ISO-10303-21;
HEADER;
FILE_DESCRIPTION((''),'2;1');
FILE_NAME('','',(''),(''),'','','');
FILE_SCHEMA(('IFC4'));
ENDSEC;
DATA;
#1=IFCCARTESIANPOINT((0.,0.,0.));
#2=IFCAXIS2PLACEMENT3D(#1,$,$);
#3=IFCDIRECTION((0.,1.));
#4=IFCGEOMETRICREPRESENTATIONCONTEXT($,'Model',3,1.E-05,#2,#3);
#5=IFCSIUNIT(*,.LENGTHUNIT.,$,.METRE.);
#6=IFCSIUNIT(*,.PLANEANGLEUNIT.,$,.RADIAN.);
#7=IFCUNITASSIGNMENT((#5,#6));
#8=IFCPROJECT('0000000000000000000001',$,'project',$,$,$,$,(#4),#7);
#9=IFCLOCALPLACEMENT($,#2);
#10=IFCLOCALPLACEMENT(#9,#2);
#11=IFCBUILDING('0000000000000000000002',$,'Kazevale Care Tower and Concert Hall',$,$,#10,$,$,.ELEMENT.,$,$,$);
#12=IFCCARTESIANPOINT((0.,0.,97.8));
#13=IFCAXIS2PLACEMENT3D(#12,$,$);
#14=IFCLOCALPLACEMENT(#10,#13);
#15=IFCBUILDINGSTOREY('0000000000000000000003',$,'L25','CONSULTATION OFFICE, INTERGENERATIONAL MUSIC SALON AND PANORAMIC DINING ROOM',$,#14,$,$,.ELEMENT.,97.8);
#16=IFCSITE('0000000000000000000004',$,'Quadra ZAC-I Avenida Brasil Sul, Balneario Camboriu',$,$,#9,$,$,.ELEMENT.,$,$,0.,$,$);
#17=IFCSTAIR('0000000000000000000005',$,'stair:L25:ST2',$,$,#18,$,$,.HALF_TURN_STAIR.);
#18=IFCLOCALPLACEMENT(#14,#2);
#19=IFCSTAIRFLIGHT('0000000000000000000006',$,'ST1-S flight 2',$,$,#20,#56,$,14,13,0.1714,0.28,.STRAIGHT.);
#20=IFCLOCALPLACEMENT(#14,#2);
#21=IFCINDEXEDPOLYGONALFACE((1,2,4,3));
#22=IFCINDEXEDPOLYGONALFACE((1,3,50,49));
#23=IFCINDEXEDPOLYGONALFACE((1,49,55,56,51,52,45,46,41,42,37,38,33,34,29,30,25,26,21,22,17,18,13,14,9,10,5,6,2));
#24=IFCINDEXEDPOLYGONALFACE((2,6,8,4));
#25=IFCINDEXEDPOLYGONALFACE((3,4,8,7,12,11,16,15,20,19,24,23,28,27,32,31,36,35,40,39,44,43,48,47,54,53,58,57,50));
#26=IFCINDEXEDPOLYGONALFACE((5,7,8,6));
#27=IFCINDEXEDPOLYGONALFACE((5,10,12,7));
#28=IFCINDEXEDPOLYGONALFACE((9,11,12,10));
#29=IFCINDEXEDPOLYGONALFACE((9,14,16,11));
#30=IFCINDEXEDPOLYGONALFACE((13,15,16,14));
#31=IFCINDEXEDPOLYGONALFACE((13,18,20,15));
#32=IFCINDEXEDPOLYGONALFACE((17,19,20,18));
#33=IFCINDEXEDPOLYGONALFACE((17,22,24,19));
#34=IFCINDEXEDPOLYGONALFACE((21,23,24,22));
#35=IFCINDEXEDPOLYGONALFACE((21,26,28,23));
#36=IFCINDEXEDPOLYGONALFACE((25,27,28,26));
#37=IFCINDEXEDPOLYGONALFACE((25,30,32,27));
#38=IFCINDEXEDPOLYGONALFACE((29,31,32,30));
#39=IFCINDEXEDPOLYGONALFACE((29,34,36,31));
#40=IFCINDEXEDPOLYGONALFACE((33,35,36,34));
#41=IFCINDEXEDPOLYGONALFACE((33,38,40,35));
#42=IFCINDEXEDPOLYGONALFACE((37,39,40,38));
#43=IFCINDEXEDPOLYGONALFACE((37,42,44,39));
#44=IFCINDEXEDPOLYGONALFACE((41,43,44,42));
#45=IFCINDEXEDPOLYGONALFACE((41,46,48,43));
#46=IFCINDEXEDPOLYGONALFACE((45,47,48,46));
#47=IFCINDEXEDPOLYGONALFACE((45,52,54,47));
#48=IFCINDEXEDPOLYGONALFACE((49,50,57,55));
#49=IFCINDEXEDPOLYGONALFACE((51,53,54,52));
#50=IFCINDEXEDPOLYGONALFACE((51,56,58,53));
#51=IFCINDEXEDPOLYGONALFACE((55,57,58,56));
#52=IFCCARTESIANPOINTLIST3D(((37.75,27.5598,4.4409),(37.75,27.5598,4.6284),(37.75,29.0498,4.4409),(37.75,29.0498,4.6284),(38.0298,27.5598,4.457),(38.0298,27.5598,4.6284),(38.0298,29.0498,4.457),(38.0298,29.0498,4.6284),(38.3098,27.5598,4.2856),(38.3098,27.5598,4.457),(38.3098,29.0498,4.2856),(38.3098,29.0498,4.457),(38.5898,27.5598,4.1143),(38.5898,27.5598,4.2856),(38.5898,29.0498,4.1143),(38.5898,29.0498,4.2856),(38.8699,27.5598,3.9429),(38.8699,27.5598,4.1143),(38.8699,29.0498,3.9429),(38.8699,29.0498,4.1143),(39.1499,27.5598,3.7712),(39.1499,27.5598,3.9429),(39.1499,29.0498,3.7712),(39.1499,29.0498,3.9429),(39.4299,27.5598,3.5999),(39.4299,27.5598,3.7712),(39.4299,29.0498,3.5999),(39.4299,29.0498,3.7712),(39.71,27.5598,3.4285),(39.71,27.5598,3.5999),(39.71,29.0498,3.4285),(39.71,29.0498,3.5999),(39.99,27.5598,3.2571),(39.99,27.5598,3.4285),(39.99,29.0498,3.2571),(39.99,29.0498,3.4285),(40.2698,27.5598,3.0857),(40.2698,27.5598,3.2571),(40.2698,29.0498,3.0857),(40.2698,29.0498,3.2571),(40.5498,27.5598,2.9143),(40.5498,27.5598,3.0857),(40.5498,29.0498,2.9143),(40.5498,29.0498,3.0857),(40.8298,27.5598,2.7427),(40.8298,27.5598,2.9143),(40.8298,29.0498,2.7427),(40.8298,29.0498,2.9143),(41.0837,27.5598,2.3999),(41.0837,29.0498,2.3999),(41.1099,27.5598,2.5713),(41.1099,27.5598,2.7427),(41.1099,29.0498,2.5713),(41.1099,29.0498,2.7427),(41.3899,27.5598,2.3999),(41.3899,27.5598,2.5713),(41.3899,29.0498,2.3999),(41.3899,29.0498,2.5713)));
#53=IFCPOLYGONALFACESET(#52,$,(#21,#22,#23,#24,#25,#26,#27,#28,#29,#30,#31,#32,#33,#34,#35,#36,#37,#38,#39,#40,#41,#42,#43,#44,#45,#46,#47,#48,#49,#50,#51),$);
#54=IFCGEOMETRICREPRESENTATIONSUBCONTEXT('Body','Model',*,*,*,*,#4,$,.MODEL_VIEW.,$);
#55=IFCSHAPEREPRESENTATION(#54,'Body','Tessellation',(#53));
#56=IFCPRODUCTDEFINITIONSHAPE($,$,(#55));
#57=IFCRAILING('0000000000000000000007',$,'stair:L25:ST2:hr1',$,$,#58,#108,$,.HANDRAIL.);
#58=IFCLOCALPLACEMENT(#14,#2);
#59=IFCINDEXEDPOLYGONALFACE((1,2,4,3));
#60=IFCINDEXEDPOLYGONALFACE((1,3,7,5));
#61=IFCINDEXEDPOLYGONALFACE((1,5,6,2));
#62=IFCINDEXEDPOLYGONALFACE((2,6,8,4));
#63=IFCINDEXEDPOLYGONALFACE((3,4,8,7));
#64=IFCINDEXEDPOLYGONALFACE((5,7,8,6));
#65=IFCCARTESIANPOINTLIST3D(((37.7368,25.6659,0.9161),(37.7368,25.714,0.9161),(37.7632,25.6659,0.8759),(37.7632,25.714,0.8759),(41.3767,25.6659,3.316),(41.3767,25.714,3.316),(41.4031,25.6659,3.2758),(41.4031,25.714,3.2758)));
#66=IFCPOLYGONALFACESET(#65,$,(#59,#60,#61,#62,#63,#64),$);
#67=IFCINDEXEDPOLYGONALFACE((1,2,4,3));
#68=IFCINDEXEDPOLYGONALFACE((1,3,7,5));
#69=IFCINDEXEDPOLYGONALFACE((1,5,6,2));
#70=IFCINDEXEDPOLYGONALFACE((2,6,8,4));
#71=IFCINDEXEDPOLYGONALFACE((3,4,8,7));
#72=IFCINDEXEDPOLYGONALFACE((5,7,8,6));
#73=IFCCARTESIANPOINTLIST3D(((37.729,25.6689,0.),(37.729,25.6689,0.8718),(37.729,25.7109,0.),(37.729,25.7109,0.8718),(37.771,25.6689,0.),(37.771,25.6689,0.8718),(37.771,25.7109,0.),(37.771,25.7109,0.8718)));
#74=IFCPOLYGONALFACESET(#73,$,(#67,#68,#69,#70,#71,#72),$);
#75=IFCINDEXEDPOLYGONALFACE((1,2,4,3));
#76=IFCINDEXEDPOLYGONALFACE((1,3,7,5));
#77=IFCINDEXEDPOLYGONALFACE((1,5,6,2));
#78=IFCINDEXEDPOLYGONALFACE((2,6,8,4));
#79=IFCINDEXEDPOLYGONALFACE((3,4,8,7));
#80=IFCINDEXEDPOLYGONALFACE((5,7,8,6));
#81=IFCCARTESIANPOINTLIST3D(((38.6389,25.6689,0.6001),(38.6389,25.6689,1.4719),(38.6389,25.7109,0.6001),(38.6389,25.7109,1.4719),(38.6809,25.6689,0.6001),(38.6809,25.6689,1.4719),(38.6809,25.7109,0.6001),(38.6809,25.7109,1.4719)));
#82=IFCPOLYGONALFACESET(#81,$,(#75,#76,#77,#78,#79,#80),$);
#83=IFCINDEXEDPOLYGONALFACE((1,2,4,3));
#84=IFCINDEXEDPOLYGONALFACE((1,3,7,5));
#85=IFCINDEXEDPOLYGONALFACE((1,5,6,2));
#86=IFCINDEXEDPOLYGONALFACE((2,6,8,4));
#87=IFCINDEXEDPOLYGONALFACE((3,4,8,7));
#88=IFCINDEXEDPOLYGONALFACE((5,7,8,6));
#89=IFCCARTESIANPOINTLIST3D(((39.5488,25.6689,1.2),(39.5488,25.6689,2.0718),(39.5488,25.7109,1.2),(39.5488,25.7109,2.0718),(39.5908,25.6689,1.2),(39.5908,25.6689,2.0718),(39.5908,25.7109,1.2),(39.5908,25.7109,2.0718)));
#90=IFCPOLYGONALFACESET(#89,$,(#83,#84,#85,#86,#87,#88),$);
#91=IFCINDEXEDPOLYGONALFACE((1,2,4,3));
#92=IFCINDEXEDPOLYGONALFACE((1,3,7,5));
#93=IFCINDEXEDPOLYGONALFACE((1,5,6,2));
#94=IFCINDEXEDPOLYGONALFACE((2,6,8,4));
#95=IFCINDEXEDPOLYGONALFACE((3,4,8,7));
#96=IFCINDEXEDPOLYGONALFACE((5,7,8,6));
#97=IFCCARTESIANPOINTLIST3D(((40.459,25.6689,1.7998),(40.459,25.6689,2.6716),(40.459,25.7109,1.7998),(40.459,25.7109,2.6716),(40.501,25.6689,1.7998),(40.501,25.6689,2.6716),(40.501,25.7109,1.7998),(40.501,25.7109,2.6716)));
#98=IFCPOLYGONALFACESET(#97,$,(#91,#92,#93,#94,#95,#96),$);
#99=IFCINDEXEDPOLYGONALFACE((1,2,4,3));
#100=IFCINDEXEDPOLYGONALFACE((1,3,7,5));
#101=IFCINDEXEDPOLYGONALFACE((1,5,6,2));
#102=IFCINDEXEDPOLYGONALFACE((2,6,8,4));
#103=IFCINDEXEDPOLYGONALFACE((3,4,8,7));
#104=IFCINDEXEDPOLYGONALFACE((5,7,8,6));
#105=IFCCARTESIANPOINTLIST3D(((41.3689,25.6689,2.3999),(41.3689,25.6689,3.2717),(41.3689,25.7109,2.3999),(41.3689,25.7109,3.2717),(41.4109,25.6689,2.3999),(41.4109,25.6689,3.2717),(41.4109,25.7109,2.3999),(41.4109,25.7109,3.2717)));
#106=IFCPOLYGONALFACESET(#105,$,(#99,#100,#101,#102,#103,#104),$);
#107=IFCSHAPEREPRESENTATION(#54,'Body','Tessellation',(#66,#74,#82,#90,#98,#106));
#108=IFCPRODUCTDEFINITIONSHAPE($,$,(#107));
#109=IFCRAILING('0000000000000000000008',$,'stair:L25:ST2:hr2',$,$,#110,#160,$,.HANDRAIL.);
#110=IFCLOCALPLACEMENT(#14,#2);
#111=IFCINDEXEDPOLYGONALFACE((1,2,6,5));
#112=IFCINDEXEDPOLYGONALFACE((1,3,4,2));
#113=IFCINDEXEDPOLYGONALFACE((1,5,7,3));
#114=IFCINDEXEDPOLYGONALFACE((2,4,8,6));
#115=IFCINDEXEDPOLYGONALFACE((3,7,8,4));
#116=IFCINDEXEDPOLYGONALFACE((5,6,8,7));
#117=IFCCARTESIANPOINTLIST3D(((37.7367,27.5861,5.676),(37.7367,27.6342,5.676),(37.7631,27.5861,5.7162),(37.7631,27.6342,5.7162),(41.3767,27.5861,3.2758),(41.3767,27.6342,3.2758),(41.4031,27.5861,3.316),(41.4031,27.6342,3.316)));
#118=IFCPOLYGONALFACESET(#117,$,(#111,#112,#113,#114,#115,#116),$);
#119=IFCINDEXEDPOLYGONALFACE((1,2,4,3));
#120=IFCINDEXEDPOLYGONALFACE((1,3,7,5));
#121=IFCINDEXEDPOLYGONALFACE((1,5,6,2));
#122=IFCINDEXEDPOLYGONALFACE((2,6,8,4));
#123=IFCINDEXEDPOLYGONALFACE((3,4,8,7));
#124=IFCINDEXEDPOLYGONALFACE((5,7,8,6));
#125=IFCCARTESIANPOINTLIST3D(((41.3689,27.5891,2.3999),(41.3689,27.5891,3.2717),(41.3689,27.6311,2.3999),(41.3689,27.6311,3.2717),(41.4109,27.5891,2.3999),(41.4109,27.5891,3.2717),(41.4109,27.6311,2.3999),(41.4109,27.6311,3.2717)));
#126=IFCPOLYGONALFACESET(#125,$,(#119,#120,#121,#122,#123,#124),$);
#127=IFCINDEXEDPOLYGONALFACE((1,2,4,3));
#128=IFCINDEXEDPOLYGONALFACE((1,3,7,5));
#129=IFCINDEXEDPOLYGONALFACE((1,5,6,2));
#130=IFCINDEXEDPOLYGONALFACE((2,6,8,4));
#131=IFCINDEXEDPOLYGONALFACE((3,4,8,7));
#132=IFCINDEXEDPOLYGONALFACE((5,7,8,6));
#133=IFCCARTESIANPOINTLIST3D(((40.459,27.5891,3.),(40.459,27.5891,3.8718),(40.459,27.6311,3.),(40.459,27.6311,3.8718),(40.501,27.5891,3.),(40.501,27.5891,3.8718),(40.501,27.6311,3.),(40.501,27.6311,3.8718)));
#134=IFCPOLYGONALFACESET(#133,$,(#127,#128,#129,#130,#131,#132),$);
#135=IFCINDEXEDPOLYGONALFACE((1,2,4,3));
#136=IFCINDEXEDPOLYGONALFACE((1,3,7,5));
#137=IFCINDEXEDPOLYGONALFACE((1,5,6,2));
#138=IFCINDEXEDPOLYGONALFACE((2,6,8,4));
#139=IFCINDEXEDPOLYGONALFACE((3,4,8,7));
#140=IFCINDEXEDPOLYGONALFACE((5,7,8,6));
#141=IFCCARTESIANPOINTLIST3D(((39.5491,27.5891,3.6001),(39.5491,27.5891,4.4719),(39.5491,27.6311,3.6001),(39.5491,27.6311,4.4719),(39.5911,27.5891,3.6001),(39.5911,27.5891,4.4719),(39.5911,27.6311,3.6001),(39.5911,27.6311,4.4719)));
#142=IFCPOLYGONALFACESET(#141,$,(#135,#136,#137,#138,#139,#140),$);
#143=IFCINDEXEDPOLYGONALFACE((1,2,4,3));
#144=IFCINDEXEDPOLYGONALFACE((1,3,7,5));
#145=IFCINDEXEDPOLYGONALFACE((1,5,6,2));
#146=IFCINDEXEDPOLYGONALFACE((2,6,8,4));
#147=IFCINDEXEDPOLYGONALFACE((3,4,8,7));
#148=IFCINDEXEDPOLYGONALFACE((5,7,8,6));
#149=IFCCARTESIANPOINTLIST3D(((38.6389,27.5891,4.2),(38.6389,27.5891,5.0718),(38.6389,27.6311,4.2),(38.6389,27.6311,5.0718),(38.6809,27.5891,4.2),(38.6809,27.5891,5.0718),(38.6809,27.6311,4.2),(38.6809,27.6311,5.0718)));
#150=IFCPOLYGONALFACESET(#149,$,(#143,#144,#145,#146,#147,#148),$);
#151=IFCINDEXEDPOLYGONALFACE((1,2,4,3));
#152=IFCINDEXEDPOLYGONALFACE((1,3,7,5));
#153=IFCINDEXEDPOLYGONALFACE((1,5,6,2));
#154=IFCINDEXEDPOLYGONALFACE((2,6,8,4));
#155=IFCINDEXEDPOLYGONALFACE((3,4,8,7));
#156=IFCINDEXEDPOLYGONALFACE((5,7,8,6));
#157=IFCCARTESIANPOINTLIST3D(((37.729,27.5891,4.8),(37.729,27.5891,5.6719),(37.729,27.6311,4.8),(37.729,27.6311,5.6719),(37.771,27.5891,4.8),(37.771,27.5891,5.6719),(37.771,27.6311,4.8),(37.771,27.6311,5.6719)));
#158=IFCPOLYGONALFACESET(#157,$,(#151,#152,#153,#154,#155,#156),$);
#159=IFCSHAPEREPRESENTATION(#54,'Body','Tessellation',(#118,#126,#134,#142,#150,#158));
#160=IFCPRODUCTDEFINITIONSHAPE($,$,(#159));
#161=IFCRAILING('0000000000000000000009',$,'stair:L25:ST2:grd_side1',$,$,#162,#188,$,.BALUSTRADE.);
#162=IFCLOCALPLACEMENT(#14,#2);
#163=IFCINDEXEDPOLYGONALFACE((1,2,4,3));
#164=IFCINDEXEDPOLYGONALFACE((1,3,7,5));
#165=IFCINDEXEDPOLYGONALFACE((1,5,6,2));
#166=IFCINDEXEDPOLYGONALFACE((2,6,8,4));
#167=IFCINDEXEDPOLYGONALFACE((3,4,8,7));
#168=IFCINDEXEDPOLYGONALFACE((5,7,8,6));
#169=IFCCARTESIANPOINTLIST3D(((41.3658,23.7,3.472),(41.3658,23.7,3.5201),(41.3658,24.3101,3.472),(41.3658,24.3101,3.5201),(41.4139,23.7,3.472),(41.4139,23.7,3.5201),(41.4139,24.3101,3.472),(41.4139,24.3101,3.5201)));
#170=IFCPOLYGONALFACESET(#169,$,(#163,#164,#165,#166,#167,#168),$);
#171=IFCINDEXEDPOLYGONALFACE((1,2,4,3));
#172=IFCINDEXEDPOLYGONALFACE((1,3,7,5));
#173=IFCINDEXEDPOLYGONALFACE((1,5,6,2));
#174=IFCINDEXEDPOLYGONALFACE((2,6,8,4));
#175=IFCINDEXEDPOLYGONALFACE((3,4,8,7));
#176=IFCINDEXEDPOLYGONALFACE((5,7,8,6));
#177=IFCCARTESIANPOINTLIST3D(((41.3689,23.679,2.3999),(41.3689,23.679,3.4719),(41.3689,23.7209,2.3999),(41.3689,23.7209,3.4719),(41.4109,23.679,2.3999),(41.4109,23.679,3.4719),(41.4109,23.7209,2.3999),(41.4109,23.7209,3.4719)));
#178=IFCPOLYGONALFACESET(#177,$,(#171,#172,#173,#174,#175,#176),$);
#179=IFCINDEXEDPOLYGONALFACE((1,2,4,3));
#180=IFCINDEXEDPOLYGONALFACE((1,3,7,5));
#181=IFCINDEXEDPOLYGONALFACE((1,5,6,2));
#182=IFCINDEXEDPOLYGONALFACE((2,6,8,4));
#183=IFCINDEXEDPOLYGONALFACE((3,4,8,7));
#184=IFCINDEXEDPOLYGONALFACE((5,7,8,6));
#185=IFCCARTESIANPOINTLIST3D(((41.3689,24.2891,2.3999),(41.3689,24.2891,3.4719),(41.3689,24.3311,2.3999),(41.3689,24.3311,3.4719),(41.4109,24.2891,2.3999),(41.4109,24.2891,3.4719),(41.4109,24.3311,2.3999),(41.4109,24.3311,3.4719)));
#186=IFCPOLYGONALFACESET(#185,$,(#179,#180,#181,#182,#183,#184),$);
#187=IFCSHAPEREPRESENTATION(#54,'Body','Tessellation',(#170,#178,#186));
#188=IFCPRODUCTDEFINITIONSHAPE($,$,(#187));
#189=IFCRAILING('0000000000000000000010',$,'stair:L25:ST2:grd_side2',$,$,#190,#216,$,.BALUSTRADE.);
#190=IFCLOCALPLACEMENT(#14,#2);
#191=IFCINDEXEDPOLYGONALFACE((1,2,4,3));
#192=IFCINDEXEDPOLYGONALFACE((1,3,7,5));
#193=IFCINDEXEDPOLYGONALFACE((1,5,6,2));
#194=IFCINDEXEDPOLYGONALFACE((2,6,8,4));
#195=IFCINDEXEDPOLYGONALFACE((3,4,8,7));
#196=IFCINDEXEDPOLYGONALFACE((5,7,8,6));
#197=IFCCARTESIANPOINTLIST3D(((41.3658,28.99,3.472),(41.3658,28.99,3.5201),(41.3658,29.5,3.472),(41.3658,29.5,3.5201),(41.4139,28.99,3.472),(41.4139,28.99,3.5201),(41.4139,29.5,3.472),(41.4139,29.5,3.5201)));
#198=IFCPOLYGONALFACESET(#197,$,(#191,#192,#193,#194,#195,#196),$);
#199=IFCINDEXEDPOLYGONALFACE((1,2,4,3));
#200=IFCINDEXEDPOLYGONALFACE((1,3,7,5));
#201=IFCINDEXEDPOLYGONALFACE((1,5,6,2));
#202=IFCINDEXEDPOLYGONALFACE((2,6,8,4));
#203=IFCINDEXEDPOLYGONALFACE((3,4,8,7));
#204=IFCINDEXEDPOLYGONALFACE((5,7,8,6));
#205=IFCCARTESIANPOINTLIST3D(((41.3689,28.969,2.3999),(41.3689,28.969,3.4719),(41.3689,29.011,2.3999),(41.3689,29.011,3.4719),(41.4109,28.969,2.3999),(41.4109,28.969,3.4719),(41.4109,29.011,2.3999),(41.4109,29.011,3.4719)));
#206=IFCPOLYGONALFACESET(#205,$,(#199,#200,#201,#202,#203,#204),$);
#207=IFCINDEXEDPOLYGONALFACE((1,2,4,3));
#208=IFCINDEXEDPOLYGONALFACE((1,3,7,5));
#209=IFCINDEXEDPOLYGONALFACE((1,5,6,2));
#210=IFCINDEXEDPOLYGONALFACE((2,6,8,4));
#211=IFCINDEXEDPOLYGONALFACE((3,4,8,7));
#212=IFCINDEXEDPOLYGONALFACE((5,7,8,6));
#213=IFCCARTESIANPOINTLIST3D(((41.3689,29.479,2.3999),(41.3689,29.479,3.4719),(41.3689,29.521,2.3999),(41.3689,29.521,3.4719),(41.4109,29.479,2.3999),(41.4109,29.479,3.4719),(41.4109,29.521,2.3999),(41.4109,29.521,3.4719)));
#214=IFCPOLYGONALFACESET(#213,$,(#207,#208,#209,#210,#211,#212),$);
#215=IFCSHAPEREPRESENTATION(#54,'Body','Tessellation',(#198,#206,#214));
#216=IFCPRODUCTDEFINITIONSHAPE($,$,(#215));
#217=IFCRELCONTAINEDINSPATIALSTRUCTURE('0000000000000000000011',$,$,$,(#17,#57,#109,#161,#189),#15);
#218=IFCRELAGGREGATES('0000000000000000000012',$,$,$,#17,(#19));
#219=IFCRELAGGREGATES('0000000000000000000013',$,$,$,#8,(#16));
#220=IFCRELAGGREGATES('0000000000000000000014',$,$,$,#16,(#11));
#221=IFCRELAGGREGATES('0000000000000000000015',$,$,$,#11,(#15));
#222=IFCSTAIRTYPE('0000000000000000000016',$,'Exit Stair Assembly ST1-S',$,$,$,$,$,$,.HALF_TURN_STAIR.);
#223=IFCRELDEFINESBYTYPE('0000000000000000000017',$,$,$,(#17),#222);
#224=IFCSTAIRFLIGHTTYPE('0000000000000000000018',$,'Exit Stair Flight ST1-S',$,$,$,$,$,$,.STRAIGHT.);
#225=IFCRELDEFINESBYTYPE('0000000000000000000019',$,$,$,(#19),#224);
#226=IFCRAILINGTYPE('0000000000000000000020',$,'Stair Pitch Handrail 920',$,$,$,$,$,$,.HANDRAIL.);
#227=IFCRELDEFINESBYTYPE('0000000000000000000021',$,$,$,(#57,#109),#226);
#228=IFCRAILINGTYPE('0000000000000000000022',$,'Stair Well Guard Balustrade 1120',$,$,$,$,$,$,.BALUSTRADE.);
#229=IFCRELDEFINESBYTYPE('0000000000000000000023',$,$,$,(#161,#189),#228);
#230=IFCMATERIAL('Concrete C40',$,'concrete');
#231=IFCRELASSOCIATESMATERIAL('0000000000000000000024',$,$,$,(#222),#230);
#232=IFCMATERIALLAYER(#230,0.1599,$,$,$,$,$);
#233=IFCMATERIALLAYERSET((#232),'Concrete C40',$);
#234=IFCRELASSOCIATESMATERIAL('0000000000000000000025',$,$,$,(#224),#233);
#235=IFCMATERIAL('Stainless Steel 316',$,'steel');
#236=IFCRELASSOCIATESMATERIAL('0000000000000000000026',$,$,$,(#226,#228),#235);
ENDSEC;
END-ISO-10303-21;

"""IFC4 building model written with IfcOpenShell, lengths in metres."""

from ifc_helpers import new_model, si_unit, direction, frame, origin, origin_2d, place, context, subcontext, project, spatial, polyline, rectangle, outline, extrude, material, layer, layer_set, type_object, element, aggregate, save


model = new_model("IFC4")

# Units and contexts
model_context = context("Model", 3, precision=1e-05, world=origin(), true_north=direction((0.0, 1.0)))
body_context = subcontext(model_context, "Body", "Model", "MODEL_VIEW")
ifc_project = project(units=[si_unit("LENGTHUNIT", "METRE"), si_unit("PLANEANGLEUNIT", "RADIAN")], contexts=[model_context])

# Site, building, storey
site_placement = place(None, origin())
site = spatial("IfcSite", under=ifc_project, at=site_placement, Name="Quadra ZAC-I Avenida Brasil Sul, Balneario Camboriu", CompositionType="ELEMENT", RefElevation=0.0)
building_placement = place(site_placement, origin())
building = spatial("IfcBuilding", under=site, at=building_placement, Name="Kazevale Care Tower and Concert Hall", CompositionType="ELEMENT")
storey_placement = place(building_placement, frame((0.0, 0.0, 97.8)))
storey = spatial("IfcBuildingStorey", under=building, at=storey_placement, Name="L25", Description="CONSULTATION OFFICE, INTERGENERATIONAL MUSIC SALON AND PANORAMIC DINING ROOM", CompositionType="ELEMENT", Elevation=97.8)

# Shared definitions
ifc_material_1 = material(Name="Concrete C40", Category="concrete")

# Stair, stair flight
stair_type = type_object("IfcStairType", Name="Exit Stair Assembly ST1-S", PredefinedType="HALF_TURN_STAIR", material=ifc_material_1)
stair_placement = place(storey_placement, origin())
stair = element("IfcStair", 1, at=stair_placement, inside=storey, type_object=stair_type, Name="stair:L25:ST2", PredefinedType="HALF_TURN_STAIR")
ifc_layer_1 = layer(ifc_material_1, 0.1599)
ifc_layer_set_1 = layer_set([ifc_layer_1], Name="Concrete C40")
stair_flight_type = type_object("IfcStairFlightType", Name="Exit Stair Flight ST1-S", PredefinedType="STRAIGHT", material=ifc_layer_set_1)
stair_flight_1_placement = place(storey_placement, frame((41.3899, 28.3049, 2.3999), z_axis=(0.0, 0.0, 1.0), x_axis=(-1.0, 0.0, 0.0)))
stair_flight_1 = element("IfcStairFlight", 2, at=stair_flight_1_placement, type_object=stair_flight_type, Name="ST1-S flight 2", NumberOfRisers=14, NumberOfTreads=13, PredefinedType="STRAIGHT", RiserHeight=0.1714, TreadLength=0.28, context=body_context, shape_type="SweptSolid", body=[
    extrude(outline(polyline([(0.0, 0.0), (0.0, 0.1714), (0.28, 0.1714), (0.28, 0.3428), (0.5601, 0.3428), (0.5601, 0.5144), (0.8401, 0.5144), (0.8401, 0.6858), (1.1201, 0.6858), (1.1201, 0.8572), (1.3999, 0.8572), (1.3999, 1.0286), (1.6799, 1.0286), (1.6799, 1.2), (1.96, 1.2), (1.96, 1.3713), (2.24, 1.3713), (2.24, 1.543), (2.52, 1.543), (2.52, 1.7144), (2.8, 1.7144), (2.8, 1.8857), (3.0801, 1.8857), (3.0801, 2.0571), (3.3601, 2.0571), (3.3601, 2.2285), (3.6399, 2.2285), (3.6399, 2.3999), (3.6399, 2.041), (0.3062, 0.0), (0.0, 0.0)])), frame((0.0, 0.7451, 0.0), z_axis=(0.0, -1.0, 0.0), x_axis=(1.0, 0.0, 0.0)), (0.0, 0.0, 1.0), 1.49),
])
aggregate(stair, [stair_flight_1])

# Railings
ifc_material_2 = material(Name="Stainless Steel 316", Category="steel")
railing_type_1 = type_object("IfcRailingType", Name="Stair Pitch Handrail 920", PredefinedType="HANDRAIL", material=ifc_material_2)
railing_1_placement = place(storey_placement, frame((37.75, 25.6899, 0.0)))
element("IfcRailing", 3, at=railing_1_placement, inside=storey, type_object=railing_type_1, Name="stair:L25:ST2:hr1", PredefinedType="HANDRAIL", context=body_context, shape_type="SweptSolid", body=[
    extrude(rectangle(XDim=0.0481, YDim=0.0481, at=origin_2d()), frame((0.0, 0.0, 0.896), z_axis=(0.834865, 0.0, 0.550454), x_axis=(0.0, 1.0, 0.0)), (0.0, 0.0, 1.0), 4.3599),
    extrude(rectangle(XDim=0.042, YDim=0.042, at=origin_2d()), origin(), (0.0, 0.0, 1.0), 0.8718),
    extrude(rectangle(XDim=0.042, YDim=0.042, at=origin_2d()), frame((0.9099, 0.0, 0.6001)), (0.0, 0.0, 1.0), 0.8718),
    extrude(rectangle(XDim=0.042, YDim=0.042, at=origin_2d()), frame((1.8198, 0.0, 1.2)), (0.0, 0.0, 1.0), 0.8718),
    extrude(rectangle(XDim=0.042, YDim=0.042, at=origin_2d()), frame((2.73, 0.0, 1.7998)), (0.0, 0.0, 1.0), 0.8718),
    extrude(rectangle(XDim=0.042, YDim=0.042, at=origin_2d()), frame((3.6399, 0.0, 2.3999)), (0.0, 0.0, 1.0), 0.8718),
])
railing_2_placement = place(storey_placement, frame((41.3899, 27.6101, 2.3999)))
element("IfcRailing", 4, at=railing_2_placement, inside=storey, type_object=railing_type_1, Name="stair:L25:ST2:hr2", PredefinedType="HANDRAIL", context=body_context, shape_type="SweptSolid", body=[
    extrude(rectangle(XDim=0.0481, YDim=0.0481, at=origin_2d()), frame((0.0, 0.0, 0.896), z_axis=(-0.834839, 0.0, 0.550493), x_axis=(0.0, -1.0, 0.0)), (0.0, 0.0, 1.0), 4.3601),
    extrude(rectangle(XDim=0.042, YDim=0.042, at=origin_2d()), origin(), (0.0, 0.0, 1.0), 0.8718),
    extrude(rectangle(XDim=0.042, YDim=0.042, at=origin_2d()), frame((-0.9099, 0.0, 0.6001)), (0.0, 0.0, 1.0), 0.8718),
    extrude(rectangle(XDim=0.042, YDim=0.042, at=origin_2d()), frame((-1.8198, 0.0, 1.2002)), (0.0, 0.0, 1.0), 0.8718),
    extrude(rectangle(XDim=0.042, YDim=0.042, at=origin_2d()), frame((-2.73, 0.0, 1.8)), (0.0, 0.0, 1.0), 0.8718),
    extrude(rectangle(XDim=0.042, YDim=0.042, at=origin_2d()), frame((-3.6399, 0.0, 2.4001)), (0.0, 0.0, 1.0), 0.8718),
])
railing_type_2 = type_object("IfcRailingType", Name="Stair Well Guard Balustrade 1120", PredefinedType="BALUSTRADE", material=ifc_material_2)
railing_3_placement = place(storey_placement, frame((41.3899, 23.7, 2.3999)))
element("IfcRailing", 5, at=railing_3_placement, inside=storey, type_object=railing_type_2, Name="stair:L25:ST2:grd_side1", PredefinedType="BALUSTRADE", context=body_context, shape_type="SweptSolid", body=[
    extrude(rectangle(XDim=0.0481, YDim=0.0481, at=origin_2d()), frame((0.0, 0.0, 1.0962), z_axis=(0.0, 1.0, 0.0), x_axis=(-1.0, 0.0, 0.0)), (0.0, 0.0, 1.0), 0.6101),
    extrude(rectangle(XDim=0.042, YDim=0.042, at=origin_2d()), origin(), (0.0, 0.0, 1.0), 1.072),
    extrude(rectangle(XDim=0.042, YDim=0.042, at=origin_2d()), frame((0.0, 0.6101, 0.0)), (0.0, 0.0, 1.0), 1.072),
])
railing_4_placement = place(storey_placement, frame((41.3899, 28.99, 2.3999)))
element("IfcRailing", 6, at=railing_4_placement, inside=storey, type_object=railing_type_2, Name="stair:L25:ST2:grd_side2", PredefinedType="BALUSTRADE", context=body_context, shape_type="SweptSolid", body=[
    extrude(rectangle(XDim=0.0481, YDim=0.0481, at=origin_2d()), frame((0.0, 0.0, 1.0962), z_axis=(0.0, 1.0, 0.0), x_axis=(-1.0, 0.0, 0.0)), (0.0, 0.0, 1.0), 0.51),
    extrude(rectangle(XDim=0.042, YDim=0.042, at=origin_2d()), origin(), (0.0, 0.0, 1.0), 1.072),
    extrude(rectangle(XDim=0.042, YDim=0.042, at=origin_2d()), frame((0.0, 0.51, 0.0)), (0.0, 0.0, 1.0), 1.072),
])

save(model, "model.ifc")
